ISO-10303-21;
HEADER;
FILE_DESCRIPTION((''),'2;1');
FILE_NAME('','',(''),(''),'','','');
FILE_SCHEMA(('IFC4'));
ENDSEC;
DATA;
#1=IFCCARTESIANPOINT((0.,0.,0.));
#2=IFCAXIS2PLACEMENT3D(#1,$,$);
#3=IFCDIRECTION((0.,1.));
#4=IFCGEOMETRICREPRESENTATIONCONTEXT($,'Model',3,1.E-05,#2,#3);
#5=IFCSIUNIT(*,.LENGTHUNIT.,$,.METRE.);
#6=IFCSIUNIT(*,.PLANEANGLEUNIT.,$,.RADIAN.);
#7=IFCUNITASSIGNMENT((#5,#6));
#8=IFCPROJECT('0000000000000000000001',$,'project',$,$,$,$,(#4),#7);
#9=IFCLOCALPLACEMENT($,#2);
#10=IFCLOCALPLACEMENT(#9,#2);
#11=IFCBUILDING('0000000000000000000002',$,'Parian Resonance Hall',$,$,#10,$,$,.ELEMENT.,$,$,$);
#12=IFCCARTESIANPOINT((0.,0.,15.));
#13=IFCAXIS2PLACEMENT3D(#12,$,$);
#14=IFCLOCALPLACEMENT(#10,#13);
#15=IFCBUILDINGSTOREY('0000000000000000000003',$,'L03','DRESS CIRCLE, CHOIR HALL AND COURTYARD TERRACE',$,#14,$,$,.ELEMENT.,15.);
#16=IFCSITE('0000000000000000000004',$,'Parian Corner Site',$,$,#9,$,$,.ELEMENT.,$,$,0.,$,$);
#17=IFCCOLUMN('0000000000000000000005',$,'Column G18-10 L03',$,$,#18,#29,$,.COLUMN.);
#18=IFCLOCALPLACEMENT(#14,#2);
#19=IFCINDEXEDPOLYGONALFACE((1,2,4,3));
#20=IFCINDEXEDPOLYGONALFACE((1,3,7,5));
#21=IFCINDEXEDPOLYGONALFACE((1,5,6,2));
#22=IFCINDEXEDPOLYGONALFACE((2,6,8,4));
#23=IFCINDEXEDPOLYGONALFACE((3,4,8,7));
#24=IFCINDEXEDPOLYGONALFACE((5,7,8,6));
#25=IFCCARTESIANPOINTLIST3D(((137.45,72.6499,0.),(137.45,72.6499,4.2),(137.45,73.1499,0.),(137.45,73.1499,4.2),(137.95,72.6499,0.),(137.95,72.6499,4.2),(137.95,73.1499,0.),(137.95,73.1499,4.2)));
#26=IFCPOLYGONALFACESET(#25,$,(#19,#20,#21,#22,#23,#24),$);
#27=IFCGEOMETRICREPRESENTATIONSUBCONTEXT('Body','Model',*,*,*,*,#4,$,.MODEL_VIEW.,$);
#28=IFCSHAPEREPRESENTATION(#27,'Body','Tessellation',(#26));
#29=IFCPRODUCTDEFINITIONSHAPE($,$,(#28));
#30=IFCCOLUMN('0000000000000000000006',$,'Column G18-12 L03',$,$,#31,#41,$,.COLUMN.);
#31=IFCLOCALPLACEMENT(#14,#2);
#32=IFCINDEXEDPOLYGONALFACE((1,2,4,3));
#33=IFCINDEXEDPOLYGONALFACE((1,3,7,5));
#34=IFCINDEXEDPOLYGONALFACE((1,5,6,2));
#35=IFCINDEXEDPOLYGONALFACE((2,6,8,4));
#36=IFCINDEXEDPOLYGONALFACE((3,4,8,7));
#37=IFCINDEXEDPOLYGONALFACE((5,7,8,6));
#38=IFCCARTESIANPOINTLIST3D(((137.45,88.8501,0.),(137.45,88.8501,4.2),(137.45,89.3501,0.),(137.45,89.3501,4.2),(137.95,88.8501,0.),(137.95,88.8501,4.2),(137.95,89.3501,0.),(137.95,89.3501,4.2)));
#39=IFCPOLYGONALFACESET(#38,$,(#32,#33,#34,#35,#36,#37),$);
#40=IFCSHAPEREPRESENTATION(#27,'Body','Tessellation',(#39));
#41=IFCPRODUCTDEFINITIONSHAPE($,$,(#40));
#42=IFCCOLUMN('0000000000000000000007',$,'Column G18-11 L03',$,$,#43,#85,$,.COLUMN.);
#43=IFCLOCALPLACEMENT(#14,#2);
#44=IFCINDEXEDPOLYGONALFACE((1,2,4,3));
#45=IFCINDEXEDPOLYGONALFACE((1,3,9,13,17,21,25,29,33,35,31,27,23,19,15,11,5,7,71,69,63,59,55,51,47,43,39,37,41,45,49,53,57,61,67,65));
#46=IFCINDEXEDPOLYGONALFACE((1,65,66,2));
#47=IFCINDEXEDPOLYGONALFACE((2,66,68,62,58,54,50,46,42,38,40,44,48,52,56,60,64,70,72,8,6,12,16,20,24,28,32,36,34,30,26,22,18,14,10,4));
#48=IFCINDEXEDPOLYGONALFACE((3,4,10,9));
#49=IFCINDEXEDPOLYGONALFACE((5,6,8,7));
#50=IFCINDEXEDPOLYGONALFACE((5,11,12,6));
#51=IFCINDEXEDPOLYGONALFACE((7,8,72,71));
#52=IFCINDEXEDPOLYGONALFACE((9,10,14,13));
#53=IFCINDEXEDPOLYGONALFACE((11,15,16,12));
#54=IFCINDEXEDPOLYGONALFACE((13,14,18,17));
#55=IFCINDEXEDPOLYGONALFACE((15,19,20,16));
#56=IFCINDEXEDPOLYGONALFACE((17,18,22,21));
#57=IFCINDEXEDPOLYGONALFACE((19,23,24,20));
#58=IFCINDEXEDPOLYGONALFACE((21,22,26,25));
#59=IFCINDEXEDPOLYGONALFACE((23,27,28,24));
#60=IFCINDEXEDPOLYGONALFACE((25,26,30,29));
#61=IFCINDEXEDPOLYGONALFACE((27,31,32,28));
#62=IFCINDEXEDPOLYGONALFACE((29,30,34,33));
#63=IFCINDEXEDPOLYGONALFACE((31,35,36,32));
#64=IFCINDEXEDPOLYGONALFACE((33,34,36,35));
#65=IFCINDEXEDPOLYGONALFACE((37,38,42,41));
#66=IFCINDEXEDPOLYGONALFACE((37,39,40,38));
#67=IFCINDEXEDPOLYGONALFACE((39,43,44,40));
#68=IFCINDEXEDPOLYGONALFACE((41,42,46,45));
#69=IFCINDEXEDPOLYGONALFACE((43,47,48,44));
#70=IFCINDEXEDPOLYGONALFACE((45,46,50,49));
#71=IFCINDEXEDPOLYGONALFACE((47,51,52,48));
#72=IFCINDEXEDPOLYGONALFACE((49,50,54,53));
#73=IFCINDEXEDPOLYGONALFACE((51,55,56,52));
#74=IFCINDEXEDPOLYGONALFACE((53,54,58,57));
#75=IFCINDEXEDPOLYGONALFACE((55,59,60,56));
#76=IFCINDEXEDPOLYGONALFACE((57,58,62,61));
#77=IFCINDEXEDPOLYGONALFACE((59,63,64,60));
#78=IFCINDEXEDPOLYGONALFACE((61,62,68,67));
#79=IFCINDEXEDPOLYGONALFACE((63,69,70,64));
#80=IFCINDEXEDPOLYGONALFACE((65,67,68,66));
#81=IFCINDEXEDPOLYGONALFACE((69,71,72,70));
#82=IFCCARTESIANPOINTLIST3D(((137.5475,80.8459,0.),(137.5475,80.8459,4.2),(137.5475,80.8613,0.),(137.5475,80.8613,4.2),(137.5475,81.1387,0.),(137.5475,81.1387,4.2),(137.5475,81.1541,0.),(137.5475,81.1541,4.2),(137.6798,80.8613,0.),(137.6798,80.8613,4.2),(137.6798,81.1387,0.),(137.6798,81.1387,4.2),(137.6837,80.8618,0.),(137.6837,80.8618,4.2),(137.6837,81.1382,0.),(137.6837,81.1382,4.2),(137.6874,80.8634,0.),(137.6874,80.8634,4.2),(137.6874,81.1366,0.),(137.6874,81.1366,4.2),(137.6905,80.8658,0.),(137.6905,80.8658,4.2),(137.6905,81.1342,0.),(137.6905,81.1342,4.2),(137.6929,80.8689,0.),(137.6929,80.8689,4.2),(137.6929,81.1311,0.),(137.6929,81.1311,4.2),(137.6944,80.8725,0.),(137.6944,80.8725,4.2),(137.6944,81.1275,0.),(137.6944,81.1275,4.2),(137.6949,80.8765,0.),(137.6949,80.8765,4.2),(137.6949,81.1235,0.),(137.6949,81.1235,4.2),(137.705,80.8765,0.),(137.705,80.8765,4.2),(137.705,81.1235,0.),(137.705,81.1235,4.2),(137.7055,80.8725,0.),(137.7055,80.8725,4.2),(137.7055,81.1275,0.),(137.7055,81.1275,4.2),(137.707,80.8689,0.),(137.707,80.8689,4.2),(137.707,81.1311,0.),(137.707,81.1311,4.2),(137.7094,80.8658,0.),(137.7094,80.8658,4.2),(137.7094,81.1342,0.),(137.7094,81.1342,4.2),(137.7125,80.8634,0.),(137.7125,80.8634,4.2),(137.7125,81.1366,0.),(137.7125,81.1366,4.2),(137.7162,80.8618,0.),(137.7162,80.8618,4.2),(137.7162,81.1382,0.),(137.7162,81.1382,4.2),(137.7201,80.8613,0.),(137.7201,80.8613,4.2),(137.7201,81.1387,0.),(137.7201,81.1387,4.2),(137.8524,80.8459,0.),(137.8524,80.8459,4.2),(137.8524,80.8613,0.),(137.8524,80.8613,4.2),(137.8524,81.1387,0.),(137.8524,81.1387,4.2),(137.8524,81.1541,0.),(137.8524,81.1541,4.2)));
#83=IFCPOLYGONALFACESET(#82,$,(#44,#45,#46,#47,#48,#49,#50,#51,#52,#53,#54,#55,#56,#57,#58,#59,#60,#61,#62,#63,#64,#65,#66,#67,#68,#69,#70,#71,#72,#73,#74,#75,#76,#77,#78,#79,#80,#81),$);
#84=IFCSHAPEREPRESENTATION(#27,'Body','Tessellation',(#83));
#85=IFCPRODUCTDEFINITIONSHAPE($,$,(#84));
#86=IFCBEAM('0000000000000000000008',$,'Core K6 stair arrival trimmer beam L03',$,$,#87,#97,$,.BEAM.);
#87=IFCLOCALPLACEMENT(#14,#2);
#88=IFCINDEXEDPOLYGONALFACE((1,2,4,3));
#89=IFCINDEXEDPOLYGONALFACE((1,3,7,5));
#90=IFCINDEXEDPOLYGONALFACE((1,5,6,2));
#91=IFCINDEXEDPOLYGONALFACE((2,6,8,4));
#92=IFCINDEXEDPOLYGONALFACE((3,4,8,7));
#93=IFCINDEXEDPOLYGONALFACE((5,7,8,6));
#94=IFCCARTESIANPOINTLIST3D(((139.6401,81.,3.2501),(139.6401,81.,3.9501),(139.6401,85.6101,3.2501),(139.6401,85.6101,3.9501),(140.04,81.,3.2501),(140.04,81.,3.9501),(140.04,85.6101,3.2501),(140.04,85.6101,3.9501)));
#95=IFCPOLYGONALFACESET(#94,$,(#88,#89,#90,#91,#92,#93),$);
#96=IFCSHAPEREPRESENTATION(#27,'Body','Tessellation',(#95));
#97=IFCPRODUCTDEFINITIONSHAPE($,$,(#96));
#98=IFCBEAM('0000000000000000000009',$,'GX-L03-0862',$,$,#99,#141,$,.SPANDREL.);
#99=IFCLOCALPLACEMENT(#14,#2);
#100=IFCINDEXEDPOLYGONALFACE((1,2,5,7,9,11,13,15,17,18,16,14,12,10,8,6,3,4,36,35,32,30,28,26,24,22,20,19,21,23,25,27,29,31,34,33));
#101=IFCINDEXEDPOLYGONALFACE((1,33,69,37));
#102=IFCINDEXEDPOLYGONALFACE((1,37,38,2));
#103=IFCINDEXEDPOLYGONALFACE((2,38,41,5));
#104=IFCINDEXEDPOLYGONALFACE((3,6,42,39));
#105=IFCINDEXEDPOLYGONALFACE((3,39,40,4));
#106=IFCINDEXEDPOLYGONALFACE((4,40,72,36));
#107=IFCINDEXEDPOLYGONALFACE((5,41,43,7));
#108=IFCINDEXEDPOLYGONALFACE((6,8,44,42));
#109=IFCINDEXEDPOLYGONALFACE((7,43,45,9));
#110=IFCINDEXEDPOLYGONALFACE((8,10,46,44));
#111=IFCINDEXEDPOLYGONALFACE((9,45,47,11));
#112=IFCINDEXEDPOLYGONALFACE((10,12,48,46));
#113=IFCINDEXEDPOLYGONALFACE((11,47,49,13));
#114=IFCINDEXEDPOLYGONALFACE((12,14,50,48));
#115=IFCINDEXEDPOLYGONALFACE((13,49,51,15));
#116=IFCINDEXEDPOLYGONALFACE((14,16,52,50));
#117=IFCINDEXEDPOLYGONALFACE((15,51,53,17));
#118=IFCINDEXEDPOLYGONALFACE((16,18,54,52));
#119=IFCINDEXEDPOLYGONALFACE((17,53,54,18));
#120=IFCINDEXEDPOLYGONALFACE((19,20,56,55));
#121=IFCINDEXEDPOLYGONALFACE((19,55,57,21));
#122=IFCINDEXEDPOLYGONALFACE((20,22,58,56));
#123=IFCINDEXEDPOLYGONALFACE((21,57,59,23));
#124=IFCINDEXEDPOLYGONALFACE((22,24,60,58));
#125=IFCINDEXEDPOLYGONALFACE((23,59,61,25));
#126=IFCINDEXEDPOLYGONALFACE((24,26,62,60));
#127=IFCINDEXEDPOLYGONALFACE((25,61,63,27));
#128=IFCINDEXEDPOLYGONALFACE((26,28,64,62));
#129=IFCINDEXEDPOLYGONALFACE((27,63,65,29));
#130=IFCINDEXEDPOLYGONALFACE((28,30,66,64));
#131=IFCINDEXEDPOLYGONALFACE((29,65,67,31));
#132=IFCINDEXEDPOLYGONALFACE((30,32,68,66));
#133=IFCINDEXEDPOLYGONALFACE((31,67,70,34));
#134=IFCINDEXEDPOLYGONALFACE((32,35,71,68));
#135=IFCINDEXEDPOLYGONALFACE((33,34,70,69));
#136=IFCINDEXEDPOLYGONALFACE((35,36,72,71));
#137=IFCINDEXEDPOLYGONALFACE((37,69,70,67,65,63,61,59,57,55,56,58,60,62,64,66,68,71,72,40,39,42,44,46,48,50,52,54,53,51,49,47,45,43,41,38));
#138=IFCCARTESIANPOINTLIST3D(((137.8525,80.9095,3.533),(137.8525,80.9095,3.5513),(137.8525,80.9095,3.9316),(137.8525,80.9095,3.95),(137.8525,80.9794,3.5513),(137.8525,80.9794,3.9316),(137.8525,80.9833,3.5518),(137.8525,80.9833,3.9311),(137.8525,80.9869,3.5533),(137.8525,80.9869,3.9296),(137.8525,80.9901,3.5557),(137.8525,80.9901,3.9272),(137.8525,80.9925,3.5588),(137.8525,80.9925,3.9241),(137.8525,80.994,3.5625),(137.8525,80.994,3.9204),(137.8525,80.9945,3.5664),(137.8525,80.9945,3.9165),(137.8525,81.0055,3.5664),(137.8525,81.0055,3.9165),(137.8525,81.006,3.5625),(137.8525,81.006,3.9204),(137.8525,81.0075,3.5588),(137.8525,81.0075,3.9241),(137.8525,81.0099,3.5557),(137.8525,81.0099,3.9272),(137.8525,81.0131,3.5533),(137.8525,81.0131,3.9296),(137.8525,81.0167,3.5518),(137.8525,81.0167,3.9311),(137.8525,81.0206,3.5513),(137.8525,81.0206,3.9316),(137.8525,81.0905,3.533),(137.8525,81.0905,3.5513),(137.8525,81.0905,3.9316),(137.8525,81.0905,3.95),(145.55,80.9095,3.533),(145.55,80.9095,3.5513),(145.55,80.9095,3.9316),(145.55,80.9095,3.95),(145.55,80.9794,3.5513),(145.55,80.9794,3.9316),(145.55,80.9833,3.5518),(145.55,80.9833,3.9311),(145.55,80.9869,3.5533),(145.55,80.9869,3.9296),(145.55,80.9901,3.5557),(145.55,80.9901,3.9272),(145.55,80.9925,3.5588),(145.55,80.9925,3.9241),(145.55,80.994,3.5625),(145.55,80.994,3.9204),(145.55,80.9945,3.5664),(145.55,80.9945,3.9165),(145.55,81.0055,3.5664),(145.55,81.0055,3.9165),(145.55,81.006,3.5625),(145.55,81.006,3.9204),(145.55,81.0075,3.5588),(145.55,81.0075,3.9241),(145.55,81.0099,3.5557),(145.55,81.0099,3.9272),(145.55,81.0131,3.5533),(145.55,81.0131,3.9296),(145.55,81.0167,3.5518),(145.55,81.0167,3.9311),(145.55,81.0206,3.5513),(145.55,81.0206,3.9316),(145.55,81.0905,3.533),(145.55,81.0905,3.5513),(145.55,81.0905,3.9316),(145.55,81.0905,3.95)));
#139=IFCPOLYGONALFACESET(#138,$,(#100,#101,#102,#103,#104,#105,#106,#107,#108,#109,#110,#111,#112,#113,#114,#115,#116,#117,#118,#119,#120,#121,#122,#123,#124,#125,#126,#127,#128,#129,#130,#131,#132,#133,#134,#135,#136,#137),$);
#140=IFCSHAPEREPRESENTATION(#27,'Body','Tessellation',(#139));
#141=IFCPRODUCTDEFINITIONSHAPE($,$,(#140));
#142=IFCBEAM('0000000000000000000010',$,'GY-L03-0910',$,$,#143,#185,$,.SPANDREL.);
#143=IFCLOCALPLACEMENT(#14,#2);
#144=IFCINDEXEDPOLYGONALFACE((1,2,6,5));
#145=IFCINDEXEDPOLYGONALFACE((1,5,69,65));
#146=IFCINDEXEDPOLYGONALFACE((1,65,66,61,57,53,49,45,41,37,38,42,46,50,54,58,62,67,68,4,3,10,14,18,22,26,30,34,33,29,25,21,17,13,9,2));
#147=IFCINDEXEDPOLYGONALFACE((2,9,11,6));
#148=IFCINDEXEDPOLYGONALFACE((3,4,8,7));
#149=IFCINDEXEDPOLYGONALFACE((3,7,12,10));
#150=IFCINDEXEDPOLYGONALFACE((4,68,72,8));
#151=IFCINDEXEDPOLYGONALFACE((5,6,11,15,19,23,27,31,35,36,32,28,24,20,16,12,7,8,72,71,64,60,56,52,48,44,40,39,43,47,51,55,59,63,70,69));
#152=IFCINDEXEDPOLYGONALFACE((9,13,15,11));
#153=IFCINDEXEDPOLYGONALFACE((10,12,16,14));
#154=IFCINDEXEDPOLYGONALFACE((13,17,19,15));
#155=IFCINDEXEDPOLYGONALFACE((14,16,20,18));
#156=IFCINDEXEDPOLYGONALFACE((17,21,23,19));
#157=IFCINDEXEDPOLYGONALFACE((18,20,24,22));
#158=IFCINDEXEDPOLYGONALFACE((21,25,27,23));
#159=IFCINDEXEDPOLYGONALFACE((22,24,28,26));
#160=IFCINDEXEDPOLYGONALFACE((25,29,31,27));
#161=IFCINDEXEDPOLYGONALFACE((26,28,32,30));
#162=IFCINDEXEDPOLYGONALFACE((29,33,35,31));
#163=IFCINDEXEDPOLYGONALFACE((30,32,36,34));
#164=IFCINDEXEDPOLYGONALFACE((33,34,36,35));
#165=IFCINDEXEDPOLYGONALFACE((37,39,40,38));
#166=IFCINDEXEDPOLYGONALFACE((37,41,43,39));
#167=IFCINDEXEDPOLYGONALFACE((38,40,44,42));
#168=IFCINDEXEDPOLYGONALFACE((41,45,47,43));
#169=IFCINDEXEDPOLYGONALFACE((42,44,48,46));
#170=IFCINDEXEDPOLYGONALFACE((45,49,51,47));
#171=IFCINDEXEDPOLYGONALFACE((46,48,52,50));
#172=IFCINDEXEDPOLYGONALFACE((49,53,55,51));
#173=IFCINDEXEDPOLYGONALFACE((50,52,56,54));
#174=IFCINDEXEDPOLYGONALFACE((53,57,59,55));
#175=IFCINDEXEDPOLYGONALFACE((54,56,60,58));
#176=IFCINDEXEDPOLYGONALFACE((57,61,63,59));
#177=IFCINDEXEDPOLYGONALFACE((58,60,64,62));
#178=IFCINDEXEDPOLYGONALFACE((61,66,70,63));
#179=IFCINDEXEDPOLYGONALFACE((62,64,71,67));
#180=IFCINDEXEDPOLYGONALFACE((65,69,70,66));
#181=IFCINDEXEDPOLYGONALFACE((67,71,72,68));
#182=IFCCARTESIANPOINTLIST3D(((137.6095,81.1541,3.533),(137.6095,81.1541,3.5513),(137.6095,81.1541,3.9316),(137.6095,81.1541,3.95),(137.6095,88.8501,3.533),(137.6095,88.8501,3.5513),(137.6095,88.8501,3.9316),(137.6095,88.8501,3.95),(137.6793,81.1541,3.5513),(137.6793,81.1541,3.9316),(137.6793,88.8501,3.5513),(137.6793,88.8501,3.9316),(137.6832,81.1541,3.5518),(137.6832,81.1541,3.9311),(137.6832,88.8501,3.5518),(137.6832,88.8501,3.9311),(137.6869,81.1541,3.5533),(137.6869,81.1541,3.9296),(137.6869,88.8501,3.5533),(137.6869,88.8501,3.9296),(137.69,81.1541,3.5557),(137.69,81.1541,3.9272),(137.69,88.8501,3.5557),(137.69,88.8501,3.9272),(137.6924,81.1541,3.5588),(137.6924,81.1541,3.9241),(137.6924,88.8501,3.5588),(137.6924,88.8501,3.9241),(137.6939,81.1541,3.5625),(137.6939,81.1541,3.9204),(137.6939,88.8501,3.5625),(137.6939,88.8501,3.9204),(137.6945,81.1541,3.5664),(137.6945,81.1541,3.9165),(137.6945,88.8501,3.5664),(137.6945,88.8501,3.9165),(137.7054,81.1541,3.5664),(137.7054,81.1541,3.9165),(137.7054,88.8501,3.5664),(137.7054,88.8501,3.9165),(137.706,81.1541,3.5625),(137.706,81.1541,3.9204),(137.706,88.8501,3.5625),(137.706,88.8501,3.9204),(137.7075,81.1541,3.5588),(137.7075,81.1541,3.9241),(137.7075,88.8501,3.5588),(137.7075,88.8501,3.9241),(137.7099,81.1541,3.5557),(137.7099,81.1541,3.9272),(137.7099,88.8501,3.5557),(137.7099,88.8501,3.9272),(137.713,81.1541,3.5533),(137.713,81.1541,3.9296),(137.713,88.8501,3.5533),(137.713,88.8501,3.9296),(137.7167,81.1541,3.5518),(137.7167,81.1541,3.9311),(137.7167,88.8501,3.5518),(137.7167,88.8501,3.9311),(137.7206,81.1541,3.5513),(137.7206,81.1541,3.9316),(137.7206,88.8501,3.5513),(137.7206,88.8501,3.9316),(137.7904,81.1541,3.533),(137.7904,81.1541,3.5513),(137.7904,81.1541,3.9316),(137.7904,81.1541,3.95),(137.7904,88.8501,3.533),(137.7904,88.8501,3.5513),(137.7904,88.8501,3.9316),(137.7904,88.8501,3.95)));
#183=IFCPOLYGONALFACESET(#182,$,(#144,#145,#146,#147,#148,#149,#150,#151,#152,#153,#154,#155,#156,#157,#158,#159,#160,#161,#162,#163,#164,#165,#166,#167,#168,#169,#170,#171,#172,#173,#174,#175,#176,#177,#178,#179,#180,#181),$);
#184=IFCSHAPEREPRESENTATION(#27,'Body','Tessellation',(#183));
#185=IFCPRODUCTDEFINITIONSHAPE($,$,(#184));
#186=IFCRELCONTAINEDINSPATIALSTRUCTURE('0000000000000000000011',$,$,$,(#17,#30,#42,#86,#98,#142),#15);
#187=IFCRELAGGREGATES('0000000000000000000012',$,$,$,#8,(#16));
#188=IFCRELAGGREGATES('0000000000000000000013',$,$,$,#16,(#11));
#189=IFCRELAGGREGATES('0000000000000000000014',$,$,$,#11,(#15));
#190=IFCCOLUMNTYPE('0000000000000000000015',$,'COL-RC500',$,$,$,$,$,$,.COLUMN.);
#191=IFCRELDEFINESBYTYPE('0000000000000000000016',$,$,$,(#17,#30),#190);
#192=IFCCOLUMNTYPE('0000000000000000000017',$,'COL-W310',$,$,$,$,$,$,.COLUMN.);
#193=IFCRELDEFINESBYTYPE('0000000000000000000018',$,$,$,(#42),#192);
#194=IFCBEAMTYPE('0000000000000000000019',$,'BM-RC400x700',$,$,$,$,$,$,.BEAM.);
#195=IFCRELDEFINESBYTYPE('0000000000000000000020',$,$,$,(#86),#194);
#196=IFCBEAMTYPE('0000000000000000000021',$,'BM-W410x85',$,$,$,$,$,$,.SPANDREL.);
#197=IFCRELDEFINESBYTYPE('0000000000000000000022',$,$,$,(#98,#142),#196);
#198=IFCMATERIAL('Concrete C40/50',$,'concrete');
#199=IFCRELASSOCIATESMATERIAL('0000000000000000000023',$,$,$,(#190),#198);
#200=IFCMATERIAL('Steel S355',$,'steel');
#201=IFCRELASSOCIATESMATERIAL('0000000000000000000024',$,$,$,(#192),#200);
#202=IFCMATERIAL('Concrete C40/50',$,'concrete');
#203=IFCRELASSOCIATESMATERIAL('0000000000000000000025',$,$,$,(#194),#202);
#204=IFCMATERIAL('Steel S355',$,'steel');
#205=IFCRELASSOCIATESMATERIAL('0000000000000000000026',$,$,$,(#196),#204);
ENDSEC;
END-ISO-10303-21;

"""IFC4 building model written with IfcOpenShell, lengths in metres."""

from ifc_helpers import new_model, si_unit, direction, frame, origin, origin_2d, place, context, subcontext, project, spatial, rectangle, i_section, extrude, material, material_profile, profile_set, type_object, element, save


model = new_model("IFC4")

# Units and contexts
model_context = context("Model", 3, precision=1e-05, world=origin(), true_north=direction((0.0, 1.0)))
body_context = subcontext(model_context, "Body", "Model", "MODEL_VIEW")
ifc_project = project(units=[si_unit("LENGTHUNIT", "METRE"), si_unit("PLANEANGLEUNIT", "RADIAN")], contexts=[model_context])

# Site, building, storey
site_placement = place(None, origin())
site = spatial("IfcSite", under=ifc_project, at=site_placement, Name="Parian Corner Site", CompositionType="ELEMENT", RefElevation=0.0)
building_placement = place(site_placement, origin())
building = spatial("IfcBuilding", under=site, at=building_placement, Name="Parian Resonance Hall", CompositionType="ELEMENT")
storey_placement = place(building_placement, frame((0.0, 0.0, 15.0)))
storey = spatial("IfcBuildingStorey", under=building, at=storey_placement, Name="L03", Description="DRESS CIRCLE, CHOIR HALL AND COURTYARD TERRACE", CompositionType="ELEMENT", Elevation=15.0)

# Columns
ifc_material_1 = material(Name="Concrete C40/50", Category="concrete")
ifc_material_profile_1 = material_profile(ifc_material_1, rectangle(XDim=0.5, YDim=0.5, at=origin_2d()), Name="RC-COL-500x500")
ifc_profile_set_1 = profile_set([ifc_material_profile_1], Name="Concrete C40/50")
column_type_1 = type_object("IfcColumnType", Name="COL-RC500", PredefinedType="COLUMN", material=ifc_profile_set_1)
for number, where, z_axis, x_axis, name in (
    (1, (137.7, 72.8999, 0.0), (0.0, 0.0, 1.0), (1.0, 0.0, 0.0), "Column G18-10 L03"),
    (2, (137.7, 89.1001, 0.0), (0.0, 0.0, 1.0), (1.0, 0.0, 0.0), "Column G18-12 L03"),
):
    element("IfcColumn", number, at=place(storey_placement, frame(where, z_axis=z_axis, x_axis=x_axis)), inside=storey, type_object=column_type_1, Name=name, PredefinedType="COLUMN", context=body_context, shape_type="SweptSolid", body=[
        extrude(rectangle(XDim=0.5, YDim=0.5, at=origin_2d()), origin(), (0.0, 0.0, 1.0), 4.2),
    ])
ifc_material_2 = material(Name="Steel S355", Category="steel")
ifc_material_profile_2 = material_profile(ifc_material_2, i_section(OverallWidth=0.3049, OverallDepth=0.3081, WebThickness=0.01, FlangeThickness=0.0154, FilletRadius=0.0151, at=origin_2d()), Name="W310x97")
ifc_profile_set_2 = profile_set([ifc_material_profile_2], Name="Steel S355")
column_type_2 = type_object("IfcColumnType", Name="COL-W310", PredefinedType="COLUMN", material=ifc_profile_set_2)
column_placement = place(storey_placement, frame((137.7, 81.0, 0.0), z_axis=(0.0, 0.0, 1.0), x_axis=(1.0, 0.0, 0.0)))
element("IfcColumn", 3, at=column_placement, inside=storey, type_object=column_type_2, Name="Column G18-11 L03", PredefinedType="COLUMN", context=body_context, shape_type="SweptSolid", body=[
    extrude(i_section(OverallWidth=0.3049, OverallDepth=0.3081, WebThickness=0.01, FlangeThickness=0.0154, FilletRadius=0.0151, at=origin_2d()), origin(), (0.0, 0.0, 1.0), 4.2),
])

# Beams
ifc_material_3 = material(Name="Concrete C40/50", Category="concrete")
ifc_material_profile_3 = material_profile(ifc_material_3, rectangle(XDim=0.3999, YDim=0.7, at=origin_2d()), Name="RC-BM-400x700")
ifc_profile_set_3 = profile_set([ifc_material_profile_3], Name="Concrete C40/50")
beam_type_1 = type_object("IfcBeamType", Name="BM-RC400x700", PredefinedType="BEAM", material=ifc_profile_set_3)
beam_1_placement = place(storey_placement, frame((139.8401, 81.0, 3.6001), z_axis=(0.0, 1.0, 0.0), x_axis=(-1.0, 0.0, 0.0)))
element("IfcBeam", 4, at=beam_1_placement, inside=storey, type_object=beam_type_1, Name="Core K6 stair arrival trimmer beam L03", PredefinedType="BEAM", context=body_context, shape_type="SweptSolid", body=[
    extrude(rectangle(XDim=0.3999, YDim=0.7, at=origin_2d()), origin(), (0.0, 0.0, 1.0), 4.6101),
])
ifc_material_4 = material(Name="Steel S355", Category="steel")
ifc_material_profile_4 = material_profile(ifc_material_4, i_section(OverallWidth=0.1809, OverallDepth=0.417, WebThickness=0.011, FlangeThickness=0.0183, FilletRadius=0.0151, at=origin_2d()), Name="W410x85")
ifc_profile_set_4 = profile_set([ifc_material_profile_4], Name="Steel S355")
beam_type_2 = type_object("IfcBeamType", Name="BM-W410x85", PredefinedType="SPANDREL", material=ifc_profile_set_4)
beam_2_placement = place(storey_placement, frame((137.8525, 81.0, 3.7415), z_axis=(1.0, 0.0, 0.0), x_axis=(0.0, 1.0, 0.0)))
element("IfcBeam", 5, at=beam_2_placement, inside=storey, type_object=beam_type_2, Name="GX-L03-0862", PredefinedType="SPANDREL", context=body_context, shape_type="SweptSolid", body=[
    extrude(i_section(OverallWidth=0.1809, OverallDepth=0.417, WebThickness=0.011, FlangeThickness=0.0183, FilletRadius=0.0151, at=origin_2d()), origin(), (0.0, 0.0, 1.0), 7.6975),
])
beam_3_placement = place(storey_placement, frame((137.7, 81.1541, 3.7415), z_axis=(0.0, 1.0, 0.0), x_axis=(-1.0, 0.0, 0.0)))
element("IfcBeam", 6, at=beam_3_placement, inside=storey, type_object=beam_type_2, Name="GY-L03-0910", PredefinedType="SPANDREL", context=body_context, shape_type="SweptSolid", body=[
    extrude(i_section(OverallWidth=0.1809, OverallDepth=0.417, WebThickness=0.011, FlangeThickness=0.0183, FilletRadius=0.0151, at=origin_2d()), origin(), (0.0, 0.0, 1.0), 7.696),
])

save(model, "model.ifc")
